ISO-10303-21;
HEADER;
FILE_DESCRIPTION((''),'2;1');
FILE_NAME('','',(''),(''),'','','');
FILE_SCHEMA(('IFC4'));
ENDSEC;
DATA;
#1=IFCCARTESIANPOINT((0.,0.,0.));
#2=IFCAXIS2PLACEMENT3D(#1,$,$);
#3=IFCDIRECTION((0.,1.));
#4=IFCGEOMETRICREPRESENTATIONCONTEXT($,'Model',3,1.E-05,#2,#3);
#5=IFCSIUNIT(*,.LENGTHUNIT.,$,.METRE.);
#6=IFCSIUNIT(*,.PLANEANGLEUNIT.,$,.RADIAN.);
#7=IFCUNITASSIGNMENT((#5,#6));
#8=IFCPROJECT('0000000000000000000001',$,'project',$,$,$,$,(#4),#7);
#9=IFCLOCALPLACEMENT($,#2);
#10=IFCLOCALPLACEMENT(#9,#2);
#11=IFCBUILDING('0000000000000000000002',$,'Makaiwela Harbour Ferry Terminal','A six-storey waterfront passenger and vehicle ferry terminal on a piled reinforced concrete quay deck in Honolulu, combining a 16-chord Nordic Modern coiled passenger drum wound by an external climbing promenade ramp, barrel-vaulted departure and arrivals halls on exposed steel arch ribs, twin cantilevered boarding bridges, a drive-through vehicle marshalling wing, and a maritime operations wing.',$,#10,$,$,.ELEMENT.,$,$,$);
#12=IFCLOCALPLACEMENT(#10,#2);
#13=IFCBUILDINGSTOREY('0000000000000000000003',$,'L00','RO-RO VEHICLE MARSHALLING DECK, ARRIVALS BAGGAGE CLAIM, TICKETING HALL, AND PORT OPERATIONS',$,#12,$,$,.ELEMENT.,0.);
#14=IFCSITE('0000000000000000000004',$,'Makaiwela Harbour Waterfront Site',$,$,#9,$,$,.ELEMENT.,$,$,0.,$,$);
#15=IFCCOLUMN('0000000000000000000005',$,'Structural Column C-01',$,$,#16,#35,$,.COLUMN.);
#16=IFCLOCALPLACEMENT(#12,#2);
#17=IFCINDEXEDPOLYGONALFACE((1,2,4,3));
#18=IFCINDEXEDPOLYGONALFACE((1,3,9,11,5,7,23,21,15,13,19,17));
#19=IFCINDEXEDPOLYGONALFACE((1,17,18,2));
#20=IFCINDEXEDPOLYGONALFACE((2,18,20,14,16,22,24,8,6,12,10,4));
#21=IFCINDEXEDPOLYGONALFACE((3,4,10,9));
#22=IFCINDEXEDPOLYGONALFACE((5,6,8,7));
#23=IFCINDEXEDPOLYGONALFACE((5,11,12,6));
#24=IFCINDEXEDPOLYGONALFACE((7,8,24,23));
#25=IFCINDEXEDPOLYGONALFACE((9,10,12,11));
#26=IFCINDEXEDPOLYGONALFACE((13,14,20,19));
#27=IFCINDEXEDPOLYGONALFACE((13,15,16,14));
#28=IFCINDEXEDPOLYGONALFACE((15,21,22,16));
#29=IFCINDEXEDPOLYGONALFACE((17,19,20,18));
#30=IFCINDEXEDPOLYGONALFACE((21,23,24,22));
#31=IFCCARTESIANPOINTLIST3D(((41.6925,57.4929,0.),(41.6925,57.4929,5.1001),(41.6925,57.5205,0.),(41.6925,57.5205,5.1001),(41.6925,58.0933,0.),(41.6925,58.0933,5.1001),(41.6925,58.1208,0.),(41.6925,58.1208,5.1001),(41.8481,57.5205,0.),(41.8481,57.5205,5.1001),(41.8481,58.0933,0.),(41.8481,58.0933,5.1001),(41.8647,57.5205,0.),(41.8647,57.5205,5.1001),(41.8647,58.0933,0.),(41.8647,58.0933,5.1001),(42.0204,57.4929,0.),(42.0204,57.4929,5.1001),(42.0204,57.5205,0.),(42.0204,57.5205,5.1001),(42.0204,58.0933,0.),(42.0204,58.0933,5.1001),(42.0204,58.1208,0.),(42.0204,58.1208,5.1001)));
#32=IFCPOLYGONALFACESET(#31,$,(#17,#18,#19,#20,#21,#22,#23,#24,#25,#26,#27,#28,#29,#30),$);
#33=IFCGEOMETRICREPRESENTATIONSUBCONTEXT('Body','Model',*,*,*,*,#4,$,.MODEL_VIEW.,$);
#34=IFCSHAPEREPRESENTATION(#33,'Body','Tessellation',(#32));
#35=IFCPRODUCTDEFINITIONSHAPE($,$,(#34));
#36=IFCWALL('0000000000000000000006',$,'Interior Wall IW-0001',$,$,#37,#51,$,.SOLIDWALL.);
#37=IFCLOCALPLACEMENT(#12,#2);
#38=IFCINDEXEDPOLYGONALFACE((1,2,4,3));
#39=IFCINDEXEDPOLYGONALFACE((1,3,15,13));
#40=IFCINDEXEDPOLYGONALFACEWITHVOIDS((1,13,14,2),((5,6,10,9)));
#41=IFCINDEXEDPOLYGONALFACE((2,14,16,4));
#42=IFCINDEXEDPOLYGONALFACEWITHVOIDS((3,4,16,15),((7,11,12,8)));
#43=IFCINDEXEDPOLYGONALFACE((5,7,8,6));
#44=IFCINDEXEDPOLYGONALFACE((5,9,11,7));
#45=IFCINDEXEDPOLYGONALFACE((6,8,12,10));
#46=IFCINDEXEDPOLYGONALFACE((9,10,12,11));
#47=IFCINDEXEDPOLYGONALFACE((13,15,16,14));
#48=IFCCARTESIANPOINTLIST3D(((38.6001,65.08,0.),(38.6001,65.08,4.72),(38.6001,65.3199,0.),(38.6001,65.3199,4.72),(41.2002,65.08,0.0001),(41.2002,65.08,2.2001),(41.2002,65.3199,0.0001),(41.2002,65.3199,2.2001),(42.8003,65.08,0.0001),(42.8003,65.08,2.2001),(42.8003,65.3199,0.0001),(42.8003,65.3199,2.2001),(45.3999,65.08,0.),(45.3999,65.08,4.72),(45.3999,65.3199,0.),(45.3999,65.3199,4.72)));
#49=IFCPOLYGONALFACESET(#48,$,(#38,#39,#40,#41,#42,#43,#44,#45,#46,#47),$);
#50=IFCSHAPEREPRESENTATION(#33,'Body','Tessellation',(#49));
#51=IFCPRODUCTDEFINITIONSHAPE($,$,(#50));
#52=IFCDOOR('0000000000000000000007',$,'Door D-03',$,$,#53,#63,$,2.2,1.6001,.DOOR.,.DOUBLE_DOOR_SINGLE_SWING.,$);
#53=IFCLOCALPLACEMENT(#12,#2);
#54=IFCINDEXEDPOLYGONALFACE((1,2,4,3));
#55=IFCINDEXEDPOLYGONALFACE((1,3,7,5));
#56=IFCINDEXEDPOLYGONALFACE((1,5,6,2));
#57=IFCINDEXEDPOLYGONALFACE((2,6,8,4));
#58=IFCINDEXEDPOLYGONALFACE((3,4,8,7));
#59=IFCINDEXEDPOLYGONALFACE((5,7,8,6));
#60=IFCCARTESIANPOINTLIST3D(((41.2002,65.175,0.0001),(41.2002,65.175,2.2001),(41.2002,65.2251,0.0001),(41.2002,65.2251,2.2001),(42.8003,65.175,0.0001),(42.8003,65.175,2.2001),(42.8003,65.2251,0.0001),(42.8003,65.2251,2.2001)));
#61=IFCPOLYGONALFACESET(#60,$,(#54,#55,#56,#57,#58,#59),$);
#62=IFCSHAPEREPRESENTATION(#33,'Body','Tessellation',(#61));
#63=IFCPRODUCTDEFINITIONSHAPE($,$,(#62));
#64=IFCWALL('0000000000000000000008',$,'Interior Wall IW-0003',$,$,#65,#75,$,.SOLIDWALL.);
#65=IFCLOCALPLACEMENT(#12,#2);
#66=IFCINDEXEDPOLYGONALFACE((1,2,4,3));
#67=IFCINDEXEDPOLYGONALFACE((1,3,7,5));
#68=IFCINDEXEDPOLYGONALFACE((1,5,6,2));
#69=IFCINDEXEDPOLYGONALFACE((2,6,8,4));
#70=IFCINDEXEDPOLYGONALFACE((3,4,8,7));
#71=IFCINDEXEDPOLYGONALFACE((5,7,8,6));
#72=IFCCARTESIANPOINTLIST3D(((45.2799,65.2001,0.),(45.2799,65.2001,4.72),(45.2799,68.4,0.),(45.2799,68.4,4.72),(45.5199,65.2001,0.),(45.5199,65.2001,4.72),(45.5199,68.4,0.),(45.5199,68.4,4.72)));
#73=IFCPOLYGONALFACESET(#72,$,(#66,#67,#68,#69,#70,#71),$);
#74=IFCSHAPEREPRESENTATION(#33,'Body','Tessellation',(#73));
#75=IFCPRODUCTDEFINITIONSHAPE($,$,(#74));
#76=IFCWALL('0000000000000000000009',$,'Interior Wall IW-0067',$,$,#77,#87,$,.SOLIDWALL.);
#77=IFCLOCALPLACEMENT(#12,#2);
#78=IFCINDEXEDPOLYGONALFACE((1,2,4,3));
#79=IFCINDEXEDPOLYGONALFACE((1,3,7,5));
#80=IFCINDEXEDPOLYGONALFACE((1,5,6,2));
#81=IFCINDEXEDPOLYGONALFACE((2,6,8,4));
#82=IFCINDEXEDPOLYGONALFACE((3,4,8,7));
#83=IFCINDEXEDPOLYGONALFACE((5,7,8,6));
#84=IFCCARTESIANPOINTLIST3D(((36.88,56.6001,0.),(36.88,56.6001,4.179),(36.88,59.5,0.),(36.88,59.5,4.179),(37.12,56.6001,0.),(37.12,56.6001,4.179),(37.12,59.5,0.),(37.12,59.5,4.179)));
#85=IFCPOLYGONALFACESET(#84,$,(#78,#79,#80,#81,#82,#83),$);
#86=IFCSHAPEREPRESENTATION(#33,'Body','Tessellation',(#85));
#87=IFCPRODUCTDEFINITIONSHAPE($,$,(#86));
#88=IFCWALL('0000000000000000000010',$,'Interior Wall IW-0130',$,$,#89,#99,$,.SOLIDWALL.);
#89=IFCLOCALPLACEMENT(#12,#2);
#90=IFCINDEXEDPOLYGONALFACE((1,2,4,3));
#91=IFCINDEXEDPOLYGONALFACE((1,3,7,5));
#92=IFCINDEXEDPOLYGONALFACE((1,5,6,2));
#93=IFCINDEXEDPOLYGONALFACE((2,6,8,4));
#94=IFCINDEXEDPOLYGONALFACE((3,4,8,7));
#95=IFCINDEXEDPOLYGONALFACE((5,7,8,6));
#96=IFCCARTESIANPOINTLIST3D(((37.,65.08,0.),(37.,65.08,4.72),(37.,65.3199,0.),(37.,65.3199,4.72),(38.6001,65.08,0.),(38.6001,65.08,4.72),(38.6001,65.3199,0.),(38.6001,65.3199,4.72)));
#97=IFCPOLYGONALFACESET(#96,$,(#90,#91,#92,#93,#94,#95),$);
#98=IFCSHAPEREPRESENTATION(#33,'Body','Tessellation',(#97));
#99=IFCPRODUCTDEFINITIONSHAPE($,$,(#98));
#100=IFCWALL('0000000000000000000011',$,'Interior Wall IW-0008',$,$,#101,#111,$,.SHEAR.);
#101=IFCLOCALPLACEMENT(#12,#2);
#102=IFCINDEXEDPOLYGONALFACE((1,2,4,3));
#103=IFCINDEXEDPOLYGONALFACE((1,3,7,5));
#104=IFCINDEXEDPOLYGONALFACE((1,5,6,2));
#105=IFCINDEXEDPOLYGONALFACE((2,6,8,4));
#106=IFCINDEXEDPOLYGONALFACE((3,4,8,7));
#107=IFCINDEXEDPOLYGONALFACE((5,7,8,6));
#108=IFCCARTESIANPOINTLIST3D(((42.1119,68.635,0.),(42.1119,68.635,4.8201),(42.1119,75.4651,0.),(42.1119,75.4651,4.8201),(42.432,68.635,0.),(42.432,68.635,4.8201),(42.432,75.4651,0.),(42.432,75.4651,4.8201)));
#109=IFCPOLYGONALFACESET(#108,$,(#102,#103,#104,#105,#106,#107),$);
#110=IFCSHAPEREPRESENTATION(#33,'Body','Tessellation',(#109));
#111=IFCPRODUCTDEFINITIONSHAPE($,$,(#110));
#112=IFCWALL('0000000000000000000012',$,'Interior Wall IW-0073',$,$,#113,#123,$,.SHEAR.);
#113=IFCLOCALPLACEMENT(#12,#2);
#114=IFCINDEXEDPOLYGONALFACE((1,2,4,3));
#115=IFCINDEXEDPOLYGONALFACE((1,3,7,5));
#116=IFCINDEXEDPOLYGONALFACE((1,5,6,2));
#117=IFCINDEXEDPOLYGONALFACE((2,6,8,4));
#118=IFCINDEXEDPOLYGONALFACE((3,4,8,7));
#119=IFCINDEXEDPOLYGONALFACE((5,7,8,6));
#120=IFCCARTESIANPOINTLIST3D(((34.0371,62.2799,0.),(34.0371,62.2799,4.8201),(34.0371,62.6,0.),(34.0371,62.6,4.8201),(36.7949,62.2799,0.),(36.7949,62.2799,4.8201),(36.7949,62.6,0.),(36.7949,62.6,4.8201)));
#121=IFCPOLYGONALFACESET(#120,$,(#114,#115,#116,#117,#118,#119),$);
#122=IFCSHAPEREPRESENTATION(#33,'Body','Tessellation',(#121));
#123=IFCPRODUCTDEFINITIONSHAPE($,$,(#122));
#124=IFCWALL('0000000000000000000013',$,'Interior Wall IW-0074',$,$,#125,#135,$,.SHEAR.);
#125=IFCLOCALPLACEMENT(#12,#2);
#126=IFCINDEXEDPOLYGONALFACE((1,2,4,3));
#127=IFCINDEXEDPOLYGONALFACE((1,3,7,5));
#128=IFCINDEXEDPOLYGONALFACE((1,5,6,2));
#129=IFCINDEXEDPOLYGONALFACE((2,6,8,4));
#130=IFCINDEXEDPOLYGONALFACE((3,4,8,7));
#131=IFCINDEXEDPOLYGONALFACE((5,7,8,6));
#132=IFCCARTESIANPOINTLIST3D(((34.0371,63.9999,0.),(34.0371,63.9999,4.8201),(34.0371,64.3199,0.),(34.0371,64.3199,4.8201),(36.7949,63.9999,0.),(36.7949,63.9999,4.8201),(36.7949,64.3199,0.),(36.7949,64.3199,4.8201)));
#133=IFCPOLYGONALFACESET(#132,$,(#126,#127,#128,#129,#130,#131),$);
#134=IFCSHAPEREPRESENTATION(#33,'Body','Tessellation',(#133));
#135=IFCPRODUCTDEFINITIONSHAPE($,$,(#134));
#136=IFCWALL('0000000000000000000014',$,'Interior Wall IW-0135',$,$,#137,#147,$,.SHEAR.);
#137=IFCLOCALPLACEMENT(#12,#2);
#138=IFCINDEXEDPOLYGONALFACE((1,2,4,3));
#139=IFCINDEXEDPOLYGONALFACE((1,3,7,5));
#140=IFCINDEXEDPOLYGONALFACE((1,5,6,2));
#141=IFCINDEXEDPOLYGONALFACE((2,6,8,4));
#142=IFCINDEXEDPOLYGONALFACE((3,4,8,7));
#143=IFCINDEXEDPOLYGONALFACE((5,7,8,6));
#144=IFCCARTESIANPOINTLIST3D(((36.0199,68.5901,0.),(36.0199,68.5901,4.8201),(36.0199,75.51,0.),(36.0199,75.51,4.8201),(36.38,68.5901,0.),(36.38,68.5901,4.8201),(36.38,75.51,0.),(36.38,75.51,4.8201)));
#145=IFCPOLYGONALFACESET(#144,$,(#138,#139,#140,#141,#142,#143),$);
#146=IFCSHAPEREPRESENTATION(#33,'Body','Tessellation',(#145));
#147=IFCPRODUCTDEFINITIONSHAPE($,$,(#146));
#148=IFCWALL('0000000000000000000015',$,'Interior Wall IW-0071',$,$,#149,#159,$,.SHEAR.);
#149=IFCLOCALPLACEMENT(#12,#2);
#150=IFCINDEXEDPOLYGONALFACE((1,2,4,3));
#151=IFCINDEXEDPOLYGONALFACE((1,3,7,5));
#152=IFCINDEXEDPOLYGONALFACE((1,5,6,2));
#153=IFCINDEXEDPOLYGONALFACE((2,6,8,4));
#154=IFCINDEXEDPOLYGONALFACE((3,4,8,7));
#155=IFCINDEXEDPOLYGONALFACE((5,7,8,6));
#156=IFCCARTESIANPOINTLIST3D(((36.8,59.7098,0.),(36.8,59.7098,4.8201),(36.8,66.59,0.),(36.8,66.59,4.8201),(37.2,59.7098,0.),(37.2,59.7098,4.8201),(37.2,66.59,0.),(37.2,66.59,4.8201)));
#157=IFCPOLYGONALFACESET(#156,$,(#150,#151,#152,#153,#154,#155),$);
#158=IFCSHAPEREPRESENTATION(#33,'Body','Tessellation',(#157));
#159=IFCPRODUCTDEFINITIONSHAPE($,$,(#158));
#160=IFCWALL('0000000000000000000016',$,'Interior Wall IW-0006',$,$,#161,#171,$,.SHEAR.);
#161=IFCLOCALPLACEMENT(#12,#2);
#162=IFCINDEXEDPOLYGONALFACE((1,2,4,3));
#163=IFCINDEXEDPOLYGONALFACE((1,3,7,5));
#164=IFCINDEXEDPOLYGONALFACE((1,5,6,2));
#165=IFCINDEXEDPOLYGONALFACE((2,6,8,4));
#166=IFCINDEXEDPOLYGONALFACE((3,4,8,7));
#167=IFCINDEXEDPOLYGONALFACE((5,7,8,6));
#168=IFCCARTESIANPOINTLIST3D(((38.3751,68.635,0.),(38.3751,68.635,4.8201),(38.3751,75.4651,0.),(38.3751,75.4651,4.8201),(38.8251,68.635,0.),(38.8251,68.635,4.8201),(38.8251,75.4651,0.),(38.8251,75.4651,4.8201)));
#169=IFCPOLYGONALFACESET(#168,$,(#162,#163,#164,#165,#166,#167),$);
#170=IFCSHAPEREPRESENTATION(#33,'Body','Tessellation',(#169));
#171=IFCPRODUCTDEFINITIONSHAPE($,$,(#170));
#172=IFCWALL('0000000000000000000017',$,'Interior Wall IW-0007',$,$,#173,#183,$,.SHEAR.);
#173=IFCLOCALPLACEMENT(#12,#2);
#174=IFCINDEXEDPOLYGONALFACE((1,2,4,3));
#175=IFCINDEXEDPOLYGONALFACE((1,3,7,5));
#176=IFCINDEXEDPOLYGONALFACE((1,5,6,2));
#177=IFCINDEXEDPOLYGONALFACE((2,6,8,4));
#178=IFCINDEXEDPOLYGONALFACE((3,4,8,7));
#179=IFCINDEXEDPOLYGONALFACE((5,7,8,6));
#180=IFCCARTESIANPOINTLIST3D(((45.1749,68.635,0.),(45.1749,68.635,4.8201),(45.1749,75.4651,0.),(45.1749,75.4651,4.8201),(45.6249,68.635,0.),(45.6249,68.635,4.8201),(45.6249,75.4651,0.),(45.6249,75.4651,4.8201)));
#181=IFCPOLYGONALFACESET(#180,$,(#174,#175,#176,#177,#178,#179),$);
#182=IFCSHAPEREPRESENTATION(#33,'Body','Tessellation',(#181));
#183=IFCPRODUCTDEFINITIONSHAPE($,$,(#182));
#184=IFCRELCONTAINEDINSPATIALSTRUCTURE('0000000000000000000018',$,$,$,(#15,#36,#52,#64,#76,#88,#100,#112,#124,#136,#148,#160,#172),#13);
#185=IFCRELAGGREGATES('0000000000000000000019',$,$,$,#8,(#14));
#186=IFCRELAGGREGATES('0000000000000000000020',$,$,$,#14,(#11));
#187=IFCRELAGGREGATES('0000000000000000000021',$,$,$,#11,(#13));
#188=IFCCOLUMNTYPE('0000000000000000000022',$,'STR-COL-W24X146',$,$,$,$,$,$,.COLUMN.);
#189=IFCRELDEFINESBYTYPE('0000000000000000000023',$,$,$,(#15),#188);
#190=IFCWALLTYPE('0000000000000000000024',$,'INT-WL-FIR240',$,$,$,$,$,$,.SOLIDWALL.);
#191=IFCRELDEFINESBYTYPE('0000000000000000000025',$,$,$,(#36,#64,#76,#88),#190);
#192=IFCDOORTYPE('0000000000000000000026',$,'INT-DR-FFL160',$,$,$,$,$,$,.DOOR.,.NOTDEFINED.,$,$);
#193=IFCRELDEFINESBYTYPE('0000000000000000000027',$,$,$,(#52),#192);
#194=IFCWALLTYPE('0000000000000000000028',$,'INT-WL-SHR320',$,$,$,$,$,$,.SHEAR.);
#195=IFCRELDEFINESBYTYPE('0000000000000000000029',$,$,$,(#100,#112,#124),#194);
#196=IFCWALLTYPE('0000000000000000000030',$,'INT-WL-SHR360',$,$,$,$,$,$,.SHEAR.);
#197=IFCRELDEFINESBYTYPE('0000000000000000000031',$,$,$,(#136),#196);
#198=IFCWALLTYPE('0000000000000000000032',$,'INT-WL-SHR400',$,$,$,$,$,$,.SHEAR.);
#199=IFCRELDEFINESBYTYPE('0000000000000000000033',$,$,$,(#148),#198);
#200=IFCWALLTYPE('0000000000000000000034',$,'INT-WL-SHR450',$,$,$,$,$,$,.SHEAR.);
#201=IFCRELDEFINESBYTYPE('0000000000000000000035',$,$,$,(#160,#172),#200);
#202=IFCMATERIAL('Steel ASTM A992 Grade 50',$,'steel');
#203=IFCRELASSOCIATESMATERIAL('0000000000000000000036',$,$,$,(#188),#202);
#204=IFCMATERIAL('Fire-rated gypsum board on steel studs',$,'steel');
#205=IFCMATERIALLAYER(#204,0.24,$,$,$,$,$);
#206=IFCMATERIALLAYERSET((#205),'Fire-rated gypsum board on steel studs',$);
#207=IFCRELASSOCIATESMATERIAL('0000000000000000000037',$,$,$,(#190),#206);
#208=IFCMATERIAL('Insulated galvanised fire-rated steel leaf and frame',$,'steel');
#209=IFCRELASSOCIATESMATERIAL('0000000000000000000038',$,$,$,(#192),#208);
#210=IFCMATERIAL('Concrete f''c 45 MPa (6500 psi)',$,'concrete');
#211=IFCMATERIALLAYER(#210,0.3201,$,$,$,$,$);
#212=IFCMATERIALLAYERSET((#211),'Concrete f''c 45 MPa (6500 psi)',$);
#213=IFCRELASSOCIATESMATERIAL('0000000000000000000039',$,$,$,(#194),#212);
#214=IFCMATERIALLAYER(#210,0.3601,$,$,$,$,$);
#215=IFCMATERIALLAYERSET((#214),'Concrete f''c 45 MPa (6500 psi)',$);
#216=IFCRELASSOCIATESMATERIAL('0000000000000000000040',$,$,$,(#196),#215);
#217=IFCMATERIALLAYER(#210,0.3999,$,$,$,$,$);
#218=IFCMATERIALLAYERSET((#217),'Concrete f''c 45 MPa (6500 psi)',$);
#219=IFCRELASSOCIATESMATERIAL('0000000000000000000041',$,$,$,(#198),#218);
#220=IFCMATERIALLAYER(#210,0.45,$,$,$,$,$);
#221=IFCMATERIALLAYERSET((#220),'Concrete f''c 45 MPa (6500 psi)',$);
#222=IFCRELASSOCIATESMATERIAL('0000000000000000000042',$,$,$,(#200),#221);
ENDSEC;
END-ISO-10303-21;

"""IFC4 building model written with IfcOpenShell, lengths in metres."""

from ifc_helpers import new_model, si_unit, direction, frame, frame_2d, origin, origin_2d, place, context, subcontext, project, spatial, rectangle, i_section, extrude, material, layer, layer_set, material_profile, profile_set, type_object, element, fill, save


model = new_model("IFC4")

# Units and contexts
model_context = context("Model", 3, precision=1e-05, world=origin(), true_north=direction((0.0, 1.0)))
body_context = subcontext(model_context, "Body", "Model", "MODEL_VIEW")
ifc_project = project(units=[si_unit("LENGTHUNIT", "METRE"), si_unit("PLANEANGLEUNIT", "RADIAN")], contexts=[model_context])

# Site, building, storey
site_placement = place(None, origin())
site = spatial("IfcSite", under=ifc_project, at=site_placement, Name="Makaiwela Harbour Waterfront Site", CompositionType="ELEMENT", RefElevation=0.0)
building_placement = place(site_placement, origin())
building = spatial("IfcBuilding", under=site, at=building_placement, Name="Makaiwela Harbour Ferry Terminal", Description="A six-storey waterfront passenger and vehicle ferry terminal on a piled reinforced concrete quay deck in Honolulu, combining a 16-chord Nordic Modern coiled passenger drum wound by an external climbing promenade ramp, barrel-vaulted departure and arrivals halls on exposed steel arch ribs, twin cantilevered boarding bridges, a drive-through vehicle marshalling wing, and a maritime operations wing.", CompositionType="ELEMENT")
storey_placement = place(building_placement, origin())
storey = spatial("IfcBuildingStorey", under=building, at=storey_placement, Name="L00", Description="RO-RO VEHICLE MARSHALLING DECK, ARRIVALS BAGGAGE CLAIM, TICKETING HALL, AND PORT OPERATIONS", CompositionType="ELEMENT", Elevation=0.0)

# Shared definitions
ifc_material_1 = material(Name="Concrete f'c 45 MPa (6500 psi)", Category="concrete")

# Column
ifc_material_2 = material(Name="Steel ASTM A992 Grade 50", Category="steel")
ifc_material_profile_1 = material_profile(ifc_material_2, i_section(OverallWidth=0.3279, OverallDepth=0.6279, WebThickness=0.0166, FlangeThickness=0.0276, at=origin_2d()), Name="W24X146")
ifc_profile_set_1 = profile_set([ifc_material_profile_1], Name="Steel ASTM A992 Grade 50")
column_type = type_object("IfcColumnType", Name="STR-COL-W24X146", PredefinedType="COLUMN", material=ifc_profile_set_1)
column_placement = place(storey_placement, frame((41.8564, 57.8069, 0.0), z_axis=(0.0, 0.0, 1.0), x_axis=(1.0, 0.0, 0.0)))
element("IfcColumn", 1, at=column_placement, inside=storey, type_object=column_type, Name="Structural Column C-01", PredefinedType="COLUMN", context=body_context, shape_type="SweptSolid", body=[
    extrude(i_section(OverallWidth=0.3279, OverallDepth=0.6279, WebThickness=0.0166, FlangeThickness=0.0276, at=origin_2d()), origin(), (0.0, 0.0, 1.0), 5.1001),
])

# Wall, opening, door
ifc_material_3 = material(Name="Fire-rated gypsum board on steel studs", Category="steel")
ifc_layer_1 = layer(ifc_material_3, 0.24)
ifc_layer_set_1 = layer_set([ifc_layer_1], Name="Fire-rated gypsum board on steel studs")
wall_type_1 = type_object("IfcWallType", Name="INT-WL-FIR240", PredefinedType="SOLIDWALL", material=ifc_layer_set_1)
wall_1_placement = place(storey_placement, frame((38.6001, 65.2, 0.0), z_axis=(0.0, 0.0, 1.0), x_axis=(1.0, 0.0, 0.0)))
wall_1 = element("IfcWall", 2, at=wall_1_placement, inside=storey, type_object=wall_type_1, Name="Interior Wall IW-0001", PredefinedType="SOLIDWALL", context=body_context, shape_type="SweptSolid", body=[
    extrude(rectangle(XDim=6.7998, YDim=0.24, at=frame_2d((3.3999, 0.0))), origin(), (0.0, 0.0, 1.0), 4.72),
])
opening_1_placement = place(wall_1_placement, frame((2.6001, 0.0, 0.0)))
opening_1 = element("IfcOpeningElement", 3, at=opening_1_placement, cuts=wall_1, PredefinedType="OPENING", context=body_context, shape_type="SweptSolid", body=[
    extrude(rectangle(XDim=1.6001, YDim=2.2, at=frame_2d((0.8, 1.1001))), frame((0.0, 0.1299, 0.0), z_axis=(0.0, -1.0, 0.0), x_axis=(1.0, 0.0, 0.0)), (0.0, 0.0, 1.0), 0.26),
])
ifc_material_4 = material(Name="Insulated galvanised fire-rated steel leaf and frame", Category="steel")
door_type_1 = type_object("IfcDoorType", Name="INT-DR-FFL160", OperationType="NOTDEFINED", PredefinedType="DOOR", material=ifc_material_4)
door_1_placement = place(opening_1_placement, frame((1.6001, 0.0, 0.0), z_axis=(0.0, 0.0, 1.0), x_axis=(-1.0, 0.0, 0.0)))
door_1 = element("IfcDoor", 4, at=door_1_placement, inside=storey, type_object=door_type_1, Name="Door D-03", OperationType="DOUBLE_DOOR_SINGLE_SWING", OverallHeight=2.2, OverallWidth=1.6001, PredefinedType="DOOR", context=body_context, shape_type="SweptSolid", body=[
    extrude(rectangle(XDim=1.6001, YDim=2.2, at=frame_2d((0.8, 1.1001))), frame((0.0, 0.0249, 0.0), z_axis=(0.0, -1.0, 0.0), x_axis=(1.0, 0.0, 0.0)), (0.0, 0.0, 1.0), 0.05),
])
fill(opening_1, door_1)

# Walls
wall_2_placement = place(storey_placement, frame((45.3999, 65.2, 0.0), z_axis=(0.0, 0.0, 1.0), x_axis=(0.0, 1.0, 0.0)))
element("IfcWall", 5, at=wall_2_placement, inside=storey, type_object=wall_type_1, Name="Interior Wall IW-0003", PredefinedType="SOLIDWALL", context=body_context, shape_type="SweptSolid", body=[
    extrude(rectangle(XDim=3.2, YDim=0.24, at=frame_2d((1.6001, 0.0))), origin(), (0.0, 0.0, 1.0), 4.72),
])
wall_3_placement = place(storey_placement, frame((37.0, 56.6001, 0.0), z_axis=(0.0, 0.0, 1.0), x_axis=(0.0, 1.0, 0.0)))
element("IfcWall", 6, at=wall_3_placement, inside=storey, type_object=wall_type_1, Name="Interior Wall IW-0067", PredefinedType="SOLIDWALL", context=body_context, shape_type="SweptSolid", body=[
    extrude(rectangle(XDim=2.8999, YDim=0.24, at=frame_2d((1.45, 0.0))), origin(), (0.0, 0.0, 1.0), 4.179),
])
wall_4_placement = place(storey_placement, frame((37.0, 65.2, 0.0), z_axis=(0.0, 0.0, 1.0), x_axis=(1.0, 0.0, 0.0)))
element("IfcWall", 7, at=wall_4_placement, inside=storey, type_object=wall_type_1, Name="Interior Wall IW-0130", PredefinedType="SOLIDWALL", context=body_context, shape_type="SweptSolid", body=[
    extrude(rectangle(XDim=1.6001, YDim=0.24, at=frame_2d((0.8, 0.0))), origin(), (0.0, 0.0, 1.0), 4.72),
])
ifc_layer_2 = layer(ifc_material_1, 0.3201)
ifc_layer_set_2 = layer_set([ifc_layer_2], Name="Concrete f'c 45 MPa (6500 psi)")
wall_type_2 = type_object("IfcWallType", Name="INT-WL-SHR320", PredefinedType="SHEAR", material=ifc_layer_set_2)
wall_5_placement = place(storey_placement, frame((42.272, 68.635, 0.0), z_axis=(0.0, 0.0, 1.0), x_axis=(0.0, 1.0, 0.0)))
element("IfcWall", 8, at=wall_5_placement, inside=storey, type_object=wall_type_2, Name="Interior Wall IW-0008", PredefinedType="SHEAR", context=body_context, shape_type="SweptSolid", body=[
    extrude(rectangle(XDim=6.8301, YDim=0.3201, at=frame_2d((3.415, 0.0))), origin(), (0.0, 0.0, 1.0), 4.8201),
])
for number, where, z_axis, x_axis, name in (
    (9, (34.0371, 62.4399, 0.0), (0.0, 0.0, 1.0), (1.0, 0.0, 0.0), "Interior Wall IW-0073"),
    (10, (34.0371, 64.1599, 0.0), (0.0, 0.0, 1.0), (1.0, 0.0, 0.0), "Interior Wall IW-0074"),
):
    element("IfcWall", number, at=place(storey_placement, frame(where, z_axis=z_axis, x_axis=x_axis)), inside=storey, type_object=wall_type_2, Name=name, PredefinedType="SHEAR", context=body_context, shape_type="SweptSolid", body=[
        extrude(rectangle(XDim=2.7578, YDim=0.3201, at=frame_2d((1.3789, 0.0))), origin(), (0.0, 0.0, 1.0), 4.8201),
    ])
ifc_layer_3 = layer(ifc_material_1, 0.3601)
ifc_layer_set_3 = layer_set([ifc_layer_3], Name="Concrete f'c 45 MPa (6500 psi)")
wall_type_3 = type_object("IfcWallType", Name="INT-WL-SHR360", PredefinedType="SHEAR", material=ifc_layer_set_3)
wall_6_placement = place(storey_placement, frame((36.2, 68.5901, 0.0), z_axis=(0.0, 0.0, 1.0), x_axis=(0.0, 1.0, 0.0)))
element("IfcWall", 11, at=wall_6_placement, inside=storey, type_object=wall_type_3, Name="Interior Wall IW-0135", PredefinedType="SHEAR", context=body_context, shape_type="SweptSolid", body=[
    extrude(rectangle(XDim=6.9199, YDim=0.3601, at=frame_2d((3.46, 0.0))), origin(), (0.0, 0.0, 1.0), 4.8201),
])
ifc_layer_4 = layer(ifc_material_1, 0.3999)
ifc_layer_set_4 = layer_set([ifc_layer_4], Name="Concrete f'c 45 MPa (6500 psi)")
wall_type_4 = type_object("IfcWallType", Name="INT-WL-SHR400", PredefinedType="SHEAR", material=ifc_layer_set_4)
wall_7_placement = place(storey_placement, frame((37.0, 59.71, 0.0), z_axis=(0.0, 0.0, 1.0), x_axis=(0.0, 1.0, 0.0)))
element("IfcWall", 12, at=wall_7_placement, inside=storey, type_object=wall_type_4, Name="Interior Wall IW-0071", PredefinedType="SHEAR", context=body_context, shape_type="SweptSolid", body=[
    extrude(rectangle(XDim=6.8801, YDim=0.3999, at=frame_2d((3.4399, 0.0))), origin(), (0.0, 0.0, 1.0), 4.8201),
])

# Shared definitions
ifc_layer_5 = layer(ifc_material_1, 0.45)
ifc_layer_set_5 = layer_set([ifc_layer_5], Name="Concrete f'c 45 MPa (6500 psi)")
wall_type_5 = type_object("IfcWallType", Name="INT-WL-SHR450", PredefinedType="SHEAR", material=ifc_layer_set_5)

# Walls
for number, where, z_axis, x_axis, name in (
    (13, (38.6001, 68.635, 0.0), (0.0, 0.0, 1.0), (0.0, 1.0, 0.0), "Interior Wall IW-0006"),
    (14, (45.3999, 68.635, 0.0), (0.0, 0.0, 1.0), (0.0, 1.0, 0.0), "Interior Wall IW-0007"),
):
    element("IfcWall", number, at=place(storey_placement, frame(where, z_axis=z_axis, x_axis=x_axis)), inside=storey, type_object=wall_type_5, Name=name, PredefinedType="SHEAR", context=body_context, shape_type="SweptSolid", body=[
        extrude(rectangle(XDim=6.8301, YDim=0.45, at=frame_2d((3.415, 0.0))), origin(), (0.0, 0.0, 1.0), 4.8201),
    ])

save(model, "model.ifc")
